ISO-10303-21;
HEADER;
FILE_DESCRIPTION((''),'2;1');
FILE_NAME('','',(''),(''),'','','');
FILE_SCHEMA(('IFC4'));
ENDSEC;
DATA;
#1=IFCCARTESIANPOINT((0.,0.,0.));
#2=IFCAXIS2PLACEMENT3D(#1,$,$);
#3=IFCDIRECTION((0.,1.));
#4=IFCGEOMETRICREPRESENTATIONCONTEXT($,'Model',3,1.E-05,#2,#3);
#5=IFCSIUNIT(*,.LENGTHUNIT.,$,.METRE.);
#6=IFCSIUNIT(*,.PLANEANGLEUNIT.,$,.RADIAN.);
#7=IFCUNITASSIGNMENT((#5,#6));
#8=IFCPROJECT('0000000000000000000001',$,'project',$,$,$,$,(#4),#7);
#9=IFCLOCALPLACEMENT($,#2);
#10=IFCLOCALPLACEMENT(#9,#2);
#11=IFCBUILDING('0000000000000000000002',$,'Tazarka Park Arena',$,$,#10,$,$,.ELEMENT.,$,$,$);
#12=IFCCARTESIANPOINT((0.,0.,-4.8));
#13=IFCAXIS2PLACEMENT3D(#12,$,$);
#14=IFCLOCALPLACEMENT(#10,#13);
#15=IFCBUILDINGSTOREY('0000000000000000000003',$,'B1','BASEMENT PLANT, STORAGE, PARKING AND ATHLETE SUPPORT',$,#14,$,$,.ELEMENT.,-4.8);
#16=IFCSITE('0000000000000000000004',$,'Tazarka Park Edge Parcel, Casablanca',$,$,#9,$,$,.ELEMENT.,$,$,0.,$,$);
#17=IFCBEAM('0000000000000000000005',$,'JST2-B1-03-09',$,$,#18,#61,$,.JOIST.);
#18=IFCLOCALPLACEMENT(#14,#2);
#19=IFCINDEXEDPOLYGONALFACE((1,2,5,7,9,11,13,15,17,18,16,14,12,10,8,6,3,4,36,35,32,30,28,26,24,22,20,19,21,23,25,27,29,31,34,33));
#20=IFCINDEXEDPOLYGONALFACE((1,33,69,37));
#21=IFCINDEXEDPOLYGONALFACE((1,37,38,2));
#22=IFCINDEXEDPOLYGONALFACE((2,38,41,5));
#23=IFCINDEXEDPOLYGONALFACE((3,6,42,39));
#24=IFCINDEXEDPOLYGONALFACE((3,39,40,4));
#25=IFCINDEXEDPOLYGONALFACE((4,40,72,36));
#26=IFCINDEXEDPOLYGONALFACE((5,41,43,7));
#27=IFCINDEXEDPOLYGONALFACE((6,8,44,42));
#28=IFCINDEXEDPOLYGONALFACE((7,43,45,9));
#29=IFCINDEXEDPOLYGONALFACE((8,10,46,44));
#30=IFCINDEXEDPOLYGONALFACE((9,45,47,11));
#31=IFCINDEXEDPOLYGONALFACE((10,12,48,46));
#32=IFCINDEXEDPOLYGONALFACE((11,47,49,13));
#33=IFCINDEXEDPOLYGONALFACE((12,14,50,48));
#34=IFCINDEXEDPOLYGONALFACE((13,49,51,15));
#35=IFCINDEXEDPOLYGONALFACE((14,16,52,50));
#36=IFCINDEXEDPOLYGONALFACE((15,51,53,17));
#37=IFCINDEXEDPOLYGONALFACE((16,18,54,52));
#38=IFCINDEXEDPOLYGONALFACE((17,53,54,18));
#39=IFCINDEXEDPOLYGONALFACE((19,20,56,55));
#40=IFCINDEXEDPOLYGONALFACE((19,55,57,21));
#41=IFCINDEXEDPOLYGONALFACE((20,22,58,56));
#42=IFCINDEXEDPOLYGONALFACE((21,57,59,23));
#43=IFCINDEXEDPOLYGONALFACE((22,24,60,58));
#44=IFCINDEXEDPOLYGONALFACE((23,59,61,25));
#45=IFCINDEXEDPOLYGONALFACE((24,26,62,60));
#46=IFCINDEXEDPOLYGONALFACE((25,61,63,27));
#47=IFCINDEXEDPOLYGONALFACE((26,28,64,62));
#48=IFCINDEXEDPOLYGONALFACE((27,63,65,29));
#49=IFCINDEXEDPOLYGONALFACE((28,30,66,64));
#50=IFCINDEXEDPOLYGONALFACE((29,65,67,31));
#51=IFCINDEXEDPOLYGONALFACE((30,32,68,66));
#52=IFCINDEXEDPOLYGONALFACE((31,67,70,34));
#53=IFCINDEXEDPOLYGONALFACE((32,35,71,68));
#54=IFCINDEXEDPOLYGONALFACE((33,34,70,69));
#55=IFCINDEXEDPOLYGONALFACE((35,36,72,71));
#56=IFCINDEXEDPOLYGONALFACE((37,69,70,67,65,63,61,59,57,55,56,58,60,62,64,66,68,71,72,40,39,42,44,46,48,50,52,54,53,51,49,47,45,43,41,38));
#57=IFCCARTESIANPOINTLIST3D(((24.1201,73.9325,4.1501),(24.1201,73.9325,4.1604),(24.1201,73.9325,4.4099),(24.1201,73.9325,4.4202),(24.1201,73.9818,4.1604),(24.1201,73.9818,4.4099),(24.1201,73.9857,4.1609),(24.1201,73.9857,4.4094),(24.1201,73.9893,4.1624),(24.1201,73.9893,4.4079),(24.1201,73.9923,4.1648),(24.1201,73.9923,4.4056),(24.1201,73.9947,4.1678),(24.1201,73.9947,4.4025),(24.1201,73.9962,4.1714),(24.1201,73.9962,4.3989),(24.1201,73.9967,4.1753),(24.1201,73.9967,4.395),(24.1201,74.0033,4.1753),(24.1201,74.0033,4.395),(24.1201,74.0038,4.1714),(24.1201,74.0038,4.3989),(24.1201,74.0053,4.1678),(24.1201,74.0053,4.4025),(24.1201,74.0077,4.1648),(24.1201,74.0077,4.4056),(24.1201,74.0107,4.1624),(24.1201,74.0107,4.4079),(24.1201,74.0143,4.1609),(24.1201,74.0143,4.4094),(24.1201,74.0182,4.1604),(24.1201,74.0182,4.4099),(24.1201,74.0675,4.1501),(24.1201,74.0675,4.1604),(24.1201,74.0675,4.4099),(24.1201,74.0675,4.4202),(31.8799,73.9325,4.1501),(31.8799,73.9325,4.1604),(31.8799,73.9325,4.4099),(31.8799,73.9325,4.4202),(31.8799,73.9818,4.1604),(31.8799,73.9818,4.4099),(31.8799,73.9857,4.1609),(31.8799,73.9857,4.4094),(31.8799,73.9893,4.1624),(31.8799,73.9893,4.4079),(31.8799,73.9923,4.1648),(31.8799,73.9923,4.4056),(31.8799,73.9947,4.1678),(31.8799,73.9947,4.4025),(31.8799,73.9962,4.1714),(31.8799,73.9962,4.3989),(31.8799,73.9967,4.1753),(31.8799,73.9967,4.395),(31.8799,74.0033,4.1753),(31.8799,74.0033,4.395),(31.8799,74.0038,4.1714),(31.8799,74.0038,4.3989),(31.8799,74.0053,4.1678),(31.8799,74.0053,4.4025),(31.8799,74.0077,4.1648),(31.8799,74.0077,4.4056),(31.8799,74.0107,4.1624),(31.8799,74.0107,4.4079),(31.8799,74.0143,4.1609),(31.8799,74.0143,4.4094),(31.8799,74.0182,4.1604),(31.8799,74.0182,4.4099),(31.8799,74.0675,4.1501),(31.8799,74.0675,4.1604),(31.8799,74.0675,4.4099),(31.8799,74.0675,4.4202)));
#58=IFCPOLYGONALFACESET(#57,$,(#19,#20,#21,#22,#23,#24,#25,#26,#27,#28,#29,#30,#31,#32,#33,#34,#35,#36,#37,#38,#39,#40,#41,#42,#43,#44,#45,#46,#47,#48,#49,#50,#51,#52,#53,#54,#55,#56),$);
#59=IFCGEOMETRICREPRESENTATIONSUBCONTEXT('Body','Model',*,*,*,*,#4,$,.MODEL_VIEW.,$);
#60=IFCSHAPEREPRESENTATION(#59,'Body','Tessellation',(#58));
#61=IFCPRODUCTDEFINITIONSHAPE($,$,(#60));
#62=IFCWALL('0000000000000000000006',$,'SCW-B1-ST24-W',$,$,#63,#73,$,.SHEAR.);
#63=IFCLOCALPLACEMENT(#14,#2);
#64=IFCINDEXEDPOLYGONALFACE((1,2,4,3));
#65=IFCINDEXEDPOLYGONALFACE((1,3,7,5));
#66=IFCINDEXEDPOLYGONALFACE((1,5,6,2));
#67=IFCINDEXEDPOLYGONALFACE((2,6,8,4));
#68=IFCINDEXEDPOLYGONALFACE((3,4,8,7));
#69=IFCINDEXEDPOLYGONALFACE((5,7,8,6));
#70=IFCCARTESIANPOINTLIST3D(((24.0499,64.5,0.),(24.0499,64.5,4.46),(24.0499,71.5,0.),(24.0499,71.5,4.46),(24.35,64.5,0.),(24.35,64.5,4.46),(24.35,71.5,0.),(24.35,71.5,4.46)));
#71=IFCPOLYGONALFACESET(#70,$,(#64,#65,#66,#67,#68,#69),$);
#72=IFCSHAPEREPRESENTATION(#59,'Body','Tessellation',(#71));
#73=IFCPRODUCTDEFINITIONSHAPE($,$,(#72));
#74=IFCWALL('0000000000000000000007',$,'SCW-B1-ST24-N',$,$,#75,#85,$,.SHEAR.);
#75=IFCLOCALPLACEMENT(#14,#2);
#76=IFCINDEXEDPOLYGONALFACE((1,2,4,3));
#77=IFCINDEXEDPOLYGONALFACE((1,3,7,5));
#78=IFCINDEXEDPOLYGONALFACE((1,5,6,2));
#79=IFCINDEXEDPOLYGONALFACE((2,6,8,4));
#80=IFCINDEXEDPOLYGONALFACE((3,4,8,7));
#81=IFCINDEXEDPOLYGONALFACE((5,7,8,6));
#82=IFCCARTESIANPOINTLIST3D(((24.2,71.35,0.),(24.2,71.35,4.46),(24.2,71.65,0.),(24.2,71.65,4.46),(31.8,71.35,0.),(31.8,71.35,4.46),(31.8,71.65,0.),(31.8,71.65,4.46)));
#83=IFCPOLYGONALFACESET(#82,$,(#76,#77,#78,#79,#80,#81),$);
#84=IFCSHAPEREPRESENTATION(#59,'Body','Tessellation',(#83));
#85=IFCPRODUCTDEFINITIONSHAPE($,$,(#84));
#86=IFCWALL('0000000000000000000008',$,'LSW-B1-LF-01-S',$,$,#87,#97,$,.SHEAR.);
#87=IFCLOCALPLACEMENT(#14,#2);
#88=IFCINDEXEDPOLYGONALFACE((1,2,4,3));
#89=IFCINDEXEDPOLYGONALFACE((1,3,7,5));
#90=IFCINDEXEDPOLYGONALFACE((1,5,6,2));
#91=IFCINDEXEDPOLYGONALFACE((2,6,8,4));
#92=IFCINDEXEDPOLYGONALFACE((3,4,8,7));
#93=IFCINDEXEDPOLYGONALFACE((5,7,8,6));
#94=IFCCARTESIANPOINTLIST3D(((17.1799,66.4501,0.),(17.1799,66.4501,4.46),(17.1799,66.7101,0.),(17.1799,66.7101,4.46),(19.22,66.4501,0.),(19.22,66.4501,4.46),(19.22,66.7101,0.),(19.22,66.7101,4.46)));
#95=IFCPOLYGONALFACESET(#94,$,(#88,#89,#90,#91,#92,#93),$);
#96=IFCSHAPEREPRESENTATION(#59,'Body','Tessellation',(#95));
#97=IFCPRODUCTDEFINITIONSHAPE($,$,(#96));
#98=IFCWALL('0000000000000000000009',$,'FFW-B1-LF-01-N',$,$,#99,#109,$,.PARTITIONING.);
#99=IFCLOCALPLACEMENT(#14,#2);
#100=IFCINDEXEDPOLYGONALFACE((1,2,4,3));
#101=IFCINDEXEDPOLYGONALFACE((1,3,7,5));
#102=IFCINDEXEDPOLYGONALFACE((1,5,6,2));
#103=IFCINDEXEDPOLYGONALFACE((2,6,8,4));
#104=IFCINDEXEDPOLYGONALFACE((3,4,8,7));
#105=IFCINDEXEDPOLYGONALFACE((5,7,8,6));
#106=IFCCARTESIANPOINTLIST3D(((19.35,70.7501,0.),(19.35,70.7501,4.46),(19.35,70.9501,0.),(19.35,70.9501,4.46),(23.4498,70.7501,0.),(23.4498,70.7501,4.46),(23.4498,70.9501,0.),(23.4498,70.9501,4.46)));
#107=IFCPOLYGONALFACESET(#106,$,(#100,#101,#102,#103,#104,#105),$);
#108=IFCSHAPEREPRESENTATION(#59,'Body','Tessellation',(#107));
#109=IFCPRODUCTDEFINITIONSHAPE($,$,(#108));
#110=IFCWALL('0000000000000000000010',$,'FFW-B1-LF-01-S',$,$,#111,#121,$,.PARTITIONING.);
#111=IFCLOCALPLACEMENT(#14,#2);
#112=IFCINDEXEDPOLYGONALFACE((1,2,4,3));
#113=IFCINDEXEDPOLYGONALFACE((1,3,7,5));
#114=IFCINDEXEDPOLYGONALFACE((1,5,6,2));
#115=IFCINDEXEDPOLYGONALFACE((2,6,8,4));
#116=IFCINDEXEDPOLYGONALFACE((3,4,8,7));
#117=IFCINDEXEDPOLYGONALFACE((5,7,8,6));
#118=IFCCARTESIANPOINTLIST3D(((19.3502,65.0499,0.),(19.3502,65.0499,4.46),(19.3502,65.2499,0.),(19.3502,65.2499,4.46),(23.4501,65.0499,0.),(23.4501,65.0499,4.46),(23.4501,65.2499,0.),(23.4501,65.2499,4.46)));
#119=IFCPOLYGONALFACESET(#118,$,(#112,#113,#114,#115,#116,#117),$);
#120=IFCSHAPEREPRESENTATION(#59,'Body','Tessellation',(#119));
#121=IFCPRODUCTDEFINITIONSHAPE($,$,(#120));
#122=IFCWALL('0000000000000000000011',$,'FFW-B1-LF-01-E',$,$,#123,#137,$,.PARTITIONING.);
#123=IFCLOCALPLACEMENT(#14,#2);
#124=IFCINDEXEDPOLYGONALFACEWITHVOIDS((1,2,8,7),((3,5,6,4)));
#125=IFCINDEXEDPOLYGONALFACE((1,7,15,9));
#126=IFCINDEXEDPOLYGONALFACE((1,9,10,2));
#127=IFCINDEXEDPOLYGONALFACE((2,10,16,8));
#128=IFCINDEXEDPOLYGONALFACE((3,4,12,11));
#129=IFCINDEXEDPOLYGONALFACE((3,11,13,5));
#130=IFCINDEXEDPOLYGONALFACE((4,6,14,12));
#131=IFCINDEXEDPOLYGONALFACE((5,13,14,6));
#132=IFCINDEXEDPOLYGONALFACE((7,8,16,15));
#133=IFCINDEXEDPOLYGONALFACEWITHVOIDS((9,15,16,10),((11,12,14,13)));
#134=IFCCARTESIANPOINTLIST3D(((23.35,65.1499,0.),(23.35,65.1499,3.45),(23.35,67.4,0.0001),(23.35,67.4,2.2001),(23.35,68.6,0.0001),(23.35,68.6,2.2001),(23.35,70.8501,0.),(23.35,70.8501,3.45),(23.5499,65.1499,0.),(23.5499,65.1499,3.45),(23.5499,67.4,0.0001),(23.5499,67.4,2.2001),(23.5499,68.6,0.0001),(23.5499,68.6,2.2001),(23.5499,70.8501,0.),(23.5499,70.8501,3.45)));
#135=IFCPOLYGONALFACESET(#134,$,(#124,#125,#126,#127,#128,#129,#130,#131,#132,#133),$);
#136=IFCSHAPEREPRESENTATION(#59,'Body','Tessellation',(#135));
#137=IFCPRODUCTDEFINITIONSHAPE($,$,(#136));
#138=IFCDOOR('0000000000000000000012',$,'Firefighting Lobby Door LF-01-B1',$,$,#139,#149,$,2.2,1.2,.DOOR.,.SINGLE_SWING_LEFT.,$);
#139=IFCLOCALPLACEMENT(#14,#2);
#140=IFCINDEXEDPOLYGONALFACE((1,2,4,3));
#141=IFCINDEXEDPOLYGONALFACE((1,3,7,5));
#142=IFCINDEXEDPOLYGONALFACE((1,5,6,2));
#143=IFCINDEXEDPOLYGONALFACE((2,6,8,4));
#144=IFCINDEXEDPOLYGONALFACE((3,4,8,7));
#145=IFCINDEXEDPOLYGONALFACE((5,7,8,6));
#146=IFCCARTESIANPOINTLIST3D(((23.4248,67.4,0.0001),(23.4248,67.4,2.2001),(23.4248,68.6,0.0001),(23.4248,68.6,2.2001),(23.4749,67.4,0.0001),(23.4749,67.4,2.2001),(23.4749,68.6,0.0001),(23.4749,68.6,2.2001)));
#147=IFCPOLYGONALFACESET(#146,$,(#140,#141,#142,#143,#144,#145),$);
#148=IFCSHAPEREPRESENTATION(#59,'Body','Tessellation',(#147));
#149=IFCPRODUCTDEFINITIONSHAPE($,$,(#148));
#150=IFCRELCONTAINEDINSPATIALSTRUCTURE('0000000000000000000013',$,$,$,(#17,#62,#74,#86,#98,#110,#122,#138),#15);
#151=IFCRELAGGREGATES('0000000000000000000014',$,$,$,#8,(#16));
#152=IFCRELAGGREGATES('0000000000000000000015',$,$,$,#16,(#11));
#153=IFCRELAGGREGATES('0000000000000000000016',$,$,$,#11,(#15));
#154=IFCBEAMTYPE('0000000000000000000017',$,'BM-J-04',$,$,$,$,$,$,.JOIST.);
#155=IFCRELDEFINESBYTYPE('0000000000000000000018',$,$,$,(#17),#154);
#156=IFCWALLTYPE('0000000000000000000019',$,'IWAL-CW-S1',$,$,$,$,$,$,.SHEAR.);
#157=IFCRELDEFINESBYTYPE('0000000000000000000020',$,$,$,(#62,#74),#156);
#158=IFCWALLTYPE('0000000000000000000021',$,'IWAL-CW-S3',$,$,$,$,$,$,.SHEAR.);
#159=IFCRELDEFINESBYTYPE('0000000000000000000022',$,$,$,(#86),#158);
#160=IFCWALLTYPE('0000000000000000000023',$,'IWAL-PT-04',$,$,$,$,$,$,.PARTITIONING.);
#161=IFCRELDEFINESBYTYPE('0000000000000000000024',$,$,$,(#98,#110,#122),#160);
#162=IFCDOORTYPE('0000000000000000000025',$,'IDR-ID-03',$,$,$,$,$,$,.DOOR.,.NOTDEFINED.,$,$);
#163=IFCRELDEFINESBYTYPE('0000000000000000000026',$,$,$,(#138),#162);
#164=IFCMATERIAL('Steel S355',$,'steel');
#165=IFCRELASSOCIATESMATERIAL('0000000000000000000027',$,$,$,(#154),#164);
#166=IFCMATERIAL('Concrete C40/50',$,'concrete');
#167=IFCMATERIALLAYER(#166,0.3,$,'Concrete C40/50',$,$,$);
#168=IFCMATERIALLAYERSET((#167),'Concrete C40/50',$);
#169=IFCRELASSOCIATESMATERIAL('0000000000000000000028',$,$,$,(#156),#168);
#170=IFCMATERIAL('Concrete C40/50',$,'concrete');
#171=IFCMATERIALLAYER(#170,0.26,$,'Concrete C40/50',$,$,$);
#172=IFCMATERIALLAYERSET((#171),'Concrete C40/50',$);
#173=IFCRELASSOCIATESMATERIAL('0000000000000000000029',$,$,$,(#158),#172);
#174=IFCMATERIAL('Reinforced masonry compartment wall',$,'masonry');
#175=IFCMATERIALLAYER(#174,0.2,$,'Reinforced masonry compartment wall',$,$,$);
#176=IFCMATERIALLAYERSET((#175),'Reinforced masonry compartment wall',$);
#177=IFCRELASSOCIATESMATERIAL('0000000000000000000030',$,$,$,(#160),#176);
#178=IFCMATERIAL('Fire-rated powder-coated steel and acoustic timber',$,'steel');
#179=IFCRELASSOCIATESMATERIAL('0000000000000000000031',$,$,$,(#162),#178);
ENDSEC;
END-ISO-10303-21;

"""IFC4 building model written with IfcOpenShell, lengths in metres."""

from ifc_helpers import new_model, si_unit, direction, frame, frame_2d, origin, origin_2d, place, context, subcontext, project, spatial, rectangle, i_section, extrude, material, layer, layer_set, material_profile, profile_set, type_object, element, fill, save


model = new_model("IFC4")

# Units and contexts
model_context = context("Model", 3, precision=1e-05, world=origin(), true_north=direction((0.0, 1.0)))
body_context = subcontext(model_context, "Body", "Model", "MODEL_VIEW")
ifc_project = project(units=[si_unit("LENGTHUNIT", "METRE"), si_unit("PLANEANGLEUNIT", "RADIAN")], contexts=[model_context])

# Site, building, storey
site_placement = place(None, origin())
site = spatial("IfcSite", under=ifc_project, at=site_placement, Name="Tazarka Park Edge Parcel, Casablanca", CompositionType="ELEMENT", RefElevation=0.0)
building_placement = place(site_placement, origin())
building = spatial("IfcBuilding", under=site, at=building_placement, Name="Tazarka Park Arena", CompositionType="ELEMENT")
storey_placement = place(building_placement, frame((0.0, 0.0, -4.8)))
storey = spatial("IfcBuildingStorey", under=building, at=storey_placement, Name="B1", Description="BASEMENT PLANT, STORAGE, PARKING AND ATHLETE SUPPORT", CompositionType="ELEMENT", Elevation=-4.8)

# Beam
ifc_material_1 = material(Name="Steel S355", Category="steel")
ifc_material_profile_1 = material_profile(ifc_material_1, i_section(OverallWidth=0.135, OverallDepth=0.27, WebThickness=0.0066, FlangeThickness=0.0103, FilletRadius=0.0149, at=origin_2d()), Name="Steel S355")
ifc_profile_set_1 = profile_set([ifc_material_profile_1], Name="Steel S355")
beam_type_1 = type_object("IfcBeamType", Name="BM-J-04", PredefinedType="JOIST", material=ifc_profile_set_1)
beam_placement = place(storey_placement, frame((24.1201, 74.0, 4.2852), z_axis=(1.0, 0.0, 0.0), x_axis=(0.0, 1.0, 0.0)))
element("IfcBeam", 1, at=beam_placement, inside=storey, type_object=beam_type_1, Name="JST2-B1-03-09", PredefinedType="JOIST", context=body_context, shape_type="SweptSolid", body=[
    extrude(i_section(OverallWidth=0.135, OverallDepth=0.27, WebThickness=0.0066, FlangeThickness=0.0103, FilletRadius=0.0149, at=origin_2d()), origin(), (0.0, 0.0, 1.0), 7.7598),
])

# Walls
ifc_material_2 = material(Name="Concrete C40/50", Category="concrete")
ifc_layer_1 = layer(ifc_material_2, 0.3, Name="Concrete C40/50")
ifc_layer_set_1 = layer_set([ifc_layer_1], Name="Concrete C40/50")
wall_type_1 = type_object("IfcWallType", Name="IWAL-CW-S1", PredefinedType="SHEAR", material=ifc_layer_set_1)
wall_1_placement = place(storey_placement, frame((24.2, 64.5, 0.0), z_axis=(0.0, 0.0, 1.0), x_axis=(0.0, 1.0, 0.0)))
element("IfcWall", 2, at=wall_1_placement, inside=storey, type_object=wall_type_1, Name="SCW-B1-ST24-W", PredefinedType="SHEAR", context=body_context, shape_type="SweptSolid", body=[
    extrude(rectangle(XDim=7.0, YDim=0.3, at=frame_2d((3.5, 0.0))), origin(), (0.0, 0.0, 1.0), 4.46),
])
wall_2_placement = place(storey_placement, frame((24.2, 71.5, 0.0), z_axis=(0.0, 0.0, 1.0), x_axis=(1.0, 0.0, 0.0)))
element("IfcWall", 3, at=wall_2_placement, inside=storey, type_object=wall_type_1, Name="SCW-B1-ST24-N", PredefinedType="SHEAR", context=body_context, shape_type="SweptSolid", body=[
    extrude(rectangle(XDim=7.6001, YDim=0.3, at=frame_2d((3.8, 0.0))), origin(), (0.0, 0.0, 1.0), 4.46),
])
ifc_material_3 = material(Name="Concrete C40/50", Category="concrete")
ifc_layer_2 = layer(ifc_material_3, 0.26, Name="Concrete C40/50")
ifc_layer_set_2 = layer_set([ifc_layer_2], Name="Concrete C40/50")
wall_type_2 = type_object("IfcWallType", Name="IWAL-CW-S3", PredefinedType="SHEAR", material=ifc_layer_set_2)
wall_3_placement = place(storey_placement, frame((19.22, 66.5801, 0.0), z_axis=(0.0, 0.0, 1.0), x_axis=(-1.0, 0.0, 0.0)))
element("IfcWall", 4, at=wall_3_placement, inside=storey, type_object=wall_type_2, Name="LSW-B1-LF-01-S", PredefinedType="SHEAR", context=body_context, shape_type="SweptSolid", body=[
    extrude(rectangle(XDim=2.04, YDim=0.26, at=frame_2d((1.02, 0.0))), origin(), (0.0, 0.0, 1.0), 4.46),
])

# Walls
ifc_material_4 = material(Name="Reinforced masonry compartment wall", Category="masonry")
ifc_layer_3 = layer(ifc_material_4, 0.2, Name="Reinforced masonry compartment wall")
ifc_layer_set_3 = layer_set([ifc_layer_3], Name="Reinforced masonry compartment wall")
wall_type_3 = type_object("IfcWallType", Name="IWAL-PT-04", PredefinedType="PARTITIONING", material=ifc_layer_set_3)
for number, where, z_axis, x_axis, name in (
    (5, (19.3501, 70.8501, 0.0), (0.0, 0.0, 1.0), (1.0, 0.0, 0.0), "FFW-B1-LF-01-N"),
    (6, (23.45, 65.1499, 0.0), (0.0, 0.0, 1.0), (-1.0, 0.0, 0.0), "FFW-B1-LF-01-S"),
):
    element("IfcWall", number, at=place(storey_placement, frame(where, z_axis=z_axis, x_axis=x_axis)), inside=storey, type_object=wall_type_3, Name=name, PredefinedType="PARTITIONING", context=body_context, shape_type="SweptSolid", body=[
        extrude(rectangle(XDim=4.0999, YDim=0.2, at=frame_2d((2.0498, 0.0))), origin(), (0.0, 0.0, 1.0), 4.46),
    ])

# Wall, opening, door
wall_4_placement = place(storey_placement, frame((23.45, 70.8501, 0.0), z_axis=(0.0, 0.0, 1.0), x_axis=(0.0, -1.0, 0.0)))
wall_4 = element("IfcWall", 7, at=wall_4_placement, inside=storey, type_object=wall_type_3, Name="FFW-B1-LF-01-E", PredefinedType="PARTITIONING", context=body_context, shape_type="SweptSolid", body=[
    extrude(rectangle(XDim=5.7002, YDim=0.2, at=frame_2d((2.8501, 0.0))), origin(), (0.0, 0.0, 1.0), 3.45),
])
opening_1_placement = place(wall_4_placement, frame((2.25, 0.0, 0.0)))
opening_1 = element("IfcOpeningElement", 8, at=opening_1_placement, cuts=wall_4, PredefinedType="OPENING", context=body_context, shape_type="SweptSolid", body=[
    extrude(rectangle(XDim=1.2, YDim=2.2, at=frame_2d((0.6001, 1.1001))), frame((0.0, 0.1099, 0.0), z_axis=(0.0, -1.0, 0.0), x_axis=(1.0, 0.0, 0.0)), (0.0, 0.0, 1.0), 0.22),
])
ifc_material_5 = material(Name="Fire-rated powder-coated steel and acoustic timber", Category="steel")
door_type_1 = type_object("IfcDoorType", Name="IDR-ID-03", OperationType="NOTDEFINED", PredefinedType="DOOR", material=ifc_material_5)
door_1_placement = place(opening_1_placement, origin())
door_1 = element("IfcDoor", 9, at=door_1_placement, inside=storey, type_object=door_type_1, Name="Firefighting Lobby Door LF-01-B1", OperationType="SINGLE_SWING_LEFT", OverallHeight=2.2, OverallWidth=1.2, PredefinedType="DOOR", context=body_context, shape_type="SweptSolid", body=[
    extrude(rectangle(XDim=1.2, YDim=2.2, at=frame_2d((0.6001, 1.1001))), frame((0.0, 0.0249, 0.0), z_axis=(0.0, -1.0, 0.0), x_axis=(1.0, 0.0, 0.0)), (0.0, 0.0, 1.0), 0.05),
])
fill(opening_1, door_1)

save(model, "model.ifc")
